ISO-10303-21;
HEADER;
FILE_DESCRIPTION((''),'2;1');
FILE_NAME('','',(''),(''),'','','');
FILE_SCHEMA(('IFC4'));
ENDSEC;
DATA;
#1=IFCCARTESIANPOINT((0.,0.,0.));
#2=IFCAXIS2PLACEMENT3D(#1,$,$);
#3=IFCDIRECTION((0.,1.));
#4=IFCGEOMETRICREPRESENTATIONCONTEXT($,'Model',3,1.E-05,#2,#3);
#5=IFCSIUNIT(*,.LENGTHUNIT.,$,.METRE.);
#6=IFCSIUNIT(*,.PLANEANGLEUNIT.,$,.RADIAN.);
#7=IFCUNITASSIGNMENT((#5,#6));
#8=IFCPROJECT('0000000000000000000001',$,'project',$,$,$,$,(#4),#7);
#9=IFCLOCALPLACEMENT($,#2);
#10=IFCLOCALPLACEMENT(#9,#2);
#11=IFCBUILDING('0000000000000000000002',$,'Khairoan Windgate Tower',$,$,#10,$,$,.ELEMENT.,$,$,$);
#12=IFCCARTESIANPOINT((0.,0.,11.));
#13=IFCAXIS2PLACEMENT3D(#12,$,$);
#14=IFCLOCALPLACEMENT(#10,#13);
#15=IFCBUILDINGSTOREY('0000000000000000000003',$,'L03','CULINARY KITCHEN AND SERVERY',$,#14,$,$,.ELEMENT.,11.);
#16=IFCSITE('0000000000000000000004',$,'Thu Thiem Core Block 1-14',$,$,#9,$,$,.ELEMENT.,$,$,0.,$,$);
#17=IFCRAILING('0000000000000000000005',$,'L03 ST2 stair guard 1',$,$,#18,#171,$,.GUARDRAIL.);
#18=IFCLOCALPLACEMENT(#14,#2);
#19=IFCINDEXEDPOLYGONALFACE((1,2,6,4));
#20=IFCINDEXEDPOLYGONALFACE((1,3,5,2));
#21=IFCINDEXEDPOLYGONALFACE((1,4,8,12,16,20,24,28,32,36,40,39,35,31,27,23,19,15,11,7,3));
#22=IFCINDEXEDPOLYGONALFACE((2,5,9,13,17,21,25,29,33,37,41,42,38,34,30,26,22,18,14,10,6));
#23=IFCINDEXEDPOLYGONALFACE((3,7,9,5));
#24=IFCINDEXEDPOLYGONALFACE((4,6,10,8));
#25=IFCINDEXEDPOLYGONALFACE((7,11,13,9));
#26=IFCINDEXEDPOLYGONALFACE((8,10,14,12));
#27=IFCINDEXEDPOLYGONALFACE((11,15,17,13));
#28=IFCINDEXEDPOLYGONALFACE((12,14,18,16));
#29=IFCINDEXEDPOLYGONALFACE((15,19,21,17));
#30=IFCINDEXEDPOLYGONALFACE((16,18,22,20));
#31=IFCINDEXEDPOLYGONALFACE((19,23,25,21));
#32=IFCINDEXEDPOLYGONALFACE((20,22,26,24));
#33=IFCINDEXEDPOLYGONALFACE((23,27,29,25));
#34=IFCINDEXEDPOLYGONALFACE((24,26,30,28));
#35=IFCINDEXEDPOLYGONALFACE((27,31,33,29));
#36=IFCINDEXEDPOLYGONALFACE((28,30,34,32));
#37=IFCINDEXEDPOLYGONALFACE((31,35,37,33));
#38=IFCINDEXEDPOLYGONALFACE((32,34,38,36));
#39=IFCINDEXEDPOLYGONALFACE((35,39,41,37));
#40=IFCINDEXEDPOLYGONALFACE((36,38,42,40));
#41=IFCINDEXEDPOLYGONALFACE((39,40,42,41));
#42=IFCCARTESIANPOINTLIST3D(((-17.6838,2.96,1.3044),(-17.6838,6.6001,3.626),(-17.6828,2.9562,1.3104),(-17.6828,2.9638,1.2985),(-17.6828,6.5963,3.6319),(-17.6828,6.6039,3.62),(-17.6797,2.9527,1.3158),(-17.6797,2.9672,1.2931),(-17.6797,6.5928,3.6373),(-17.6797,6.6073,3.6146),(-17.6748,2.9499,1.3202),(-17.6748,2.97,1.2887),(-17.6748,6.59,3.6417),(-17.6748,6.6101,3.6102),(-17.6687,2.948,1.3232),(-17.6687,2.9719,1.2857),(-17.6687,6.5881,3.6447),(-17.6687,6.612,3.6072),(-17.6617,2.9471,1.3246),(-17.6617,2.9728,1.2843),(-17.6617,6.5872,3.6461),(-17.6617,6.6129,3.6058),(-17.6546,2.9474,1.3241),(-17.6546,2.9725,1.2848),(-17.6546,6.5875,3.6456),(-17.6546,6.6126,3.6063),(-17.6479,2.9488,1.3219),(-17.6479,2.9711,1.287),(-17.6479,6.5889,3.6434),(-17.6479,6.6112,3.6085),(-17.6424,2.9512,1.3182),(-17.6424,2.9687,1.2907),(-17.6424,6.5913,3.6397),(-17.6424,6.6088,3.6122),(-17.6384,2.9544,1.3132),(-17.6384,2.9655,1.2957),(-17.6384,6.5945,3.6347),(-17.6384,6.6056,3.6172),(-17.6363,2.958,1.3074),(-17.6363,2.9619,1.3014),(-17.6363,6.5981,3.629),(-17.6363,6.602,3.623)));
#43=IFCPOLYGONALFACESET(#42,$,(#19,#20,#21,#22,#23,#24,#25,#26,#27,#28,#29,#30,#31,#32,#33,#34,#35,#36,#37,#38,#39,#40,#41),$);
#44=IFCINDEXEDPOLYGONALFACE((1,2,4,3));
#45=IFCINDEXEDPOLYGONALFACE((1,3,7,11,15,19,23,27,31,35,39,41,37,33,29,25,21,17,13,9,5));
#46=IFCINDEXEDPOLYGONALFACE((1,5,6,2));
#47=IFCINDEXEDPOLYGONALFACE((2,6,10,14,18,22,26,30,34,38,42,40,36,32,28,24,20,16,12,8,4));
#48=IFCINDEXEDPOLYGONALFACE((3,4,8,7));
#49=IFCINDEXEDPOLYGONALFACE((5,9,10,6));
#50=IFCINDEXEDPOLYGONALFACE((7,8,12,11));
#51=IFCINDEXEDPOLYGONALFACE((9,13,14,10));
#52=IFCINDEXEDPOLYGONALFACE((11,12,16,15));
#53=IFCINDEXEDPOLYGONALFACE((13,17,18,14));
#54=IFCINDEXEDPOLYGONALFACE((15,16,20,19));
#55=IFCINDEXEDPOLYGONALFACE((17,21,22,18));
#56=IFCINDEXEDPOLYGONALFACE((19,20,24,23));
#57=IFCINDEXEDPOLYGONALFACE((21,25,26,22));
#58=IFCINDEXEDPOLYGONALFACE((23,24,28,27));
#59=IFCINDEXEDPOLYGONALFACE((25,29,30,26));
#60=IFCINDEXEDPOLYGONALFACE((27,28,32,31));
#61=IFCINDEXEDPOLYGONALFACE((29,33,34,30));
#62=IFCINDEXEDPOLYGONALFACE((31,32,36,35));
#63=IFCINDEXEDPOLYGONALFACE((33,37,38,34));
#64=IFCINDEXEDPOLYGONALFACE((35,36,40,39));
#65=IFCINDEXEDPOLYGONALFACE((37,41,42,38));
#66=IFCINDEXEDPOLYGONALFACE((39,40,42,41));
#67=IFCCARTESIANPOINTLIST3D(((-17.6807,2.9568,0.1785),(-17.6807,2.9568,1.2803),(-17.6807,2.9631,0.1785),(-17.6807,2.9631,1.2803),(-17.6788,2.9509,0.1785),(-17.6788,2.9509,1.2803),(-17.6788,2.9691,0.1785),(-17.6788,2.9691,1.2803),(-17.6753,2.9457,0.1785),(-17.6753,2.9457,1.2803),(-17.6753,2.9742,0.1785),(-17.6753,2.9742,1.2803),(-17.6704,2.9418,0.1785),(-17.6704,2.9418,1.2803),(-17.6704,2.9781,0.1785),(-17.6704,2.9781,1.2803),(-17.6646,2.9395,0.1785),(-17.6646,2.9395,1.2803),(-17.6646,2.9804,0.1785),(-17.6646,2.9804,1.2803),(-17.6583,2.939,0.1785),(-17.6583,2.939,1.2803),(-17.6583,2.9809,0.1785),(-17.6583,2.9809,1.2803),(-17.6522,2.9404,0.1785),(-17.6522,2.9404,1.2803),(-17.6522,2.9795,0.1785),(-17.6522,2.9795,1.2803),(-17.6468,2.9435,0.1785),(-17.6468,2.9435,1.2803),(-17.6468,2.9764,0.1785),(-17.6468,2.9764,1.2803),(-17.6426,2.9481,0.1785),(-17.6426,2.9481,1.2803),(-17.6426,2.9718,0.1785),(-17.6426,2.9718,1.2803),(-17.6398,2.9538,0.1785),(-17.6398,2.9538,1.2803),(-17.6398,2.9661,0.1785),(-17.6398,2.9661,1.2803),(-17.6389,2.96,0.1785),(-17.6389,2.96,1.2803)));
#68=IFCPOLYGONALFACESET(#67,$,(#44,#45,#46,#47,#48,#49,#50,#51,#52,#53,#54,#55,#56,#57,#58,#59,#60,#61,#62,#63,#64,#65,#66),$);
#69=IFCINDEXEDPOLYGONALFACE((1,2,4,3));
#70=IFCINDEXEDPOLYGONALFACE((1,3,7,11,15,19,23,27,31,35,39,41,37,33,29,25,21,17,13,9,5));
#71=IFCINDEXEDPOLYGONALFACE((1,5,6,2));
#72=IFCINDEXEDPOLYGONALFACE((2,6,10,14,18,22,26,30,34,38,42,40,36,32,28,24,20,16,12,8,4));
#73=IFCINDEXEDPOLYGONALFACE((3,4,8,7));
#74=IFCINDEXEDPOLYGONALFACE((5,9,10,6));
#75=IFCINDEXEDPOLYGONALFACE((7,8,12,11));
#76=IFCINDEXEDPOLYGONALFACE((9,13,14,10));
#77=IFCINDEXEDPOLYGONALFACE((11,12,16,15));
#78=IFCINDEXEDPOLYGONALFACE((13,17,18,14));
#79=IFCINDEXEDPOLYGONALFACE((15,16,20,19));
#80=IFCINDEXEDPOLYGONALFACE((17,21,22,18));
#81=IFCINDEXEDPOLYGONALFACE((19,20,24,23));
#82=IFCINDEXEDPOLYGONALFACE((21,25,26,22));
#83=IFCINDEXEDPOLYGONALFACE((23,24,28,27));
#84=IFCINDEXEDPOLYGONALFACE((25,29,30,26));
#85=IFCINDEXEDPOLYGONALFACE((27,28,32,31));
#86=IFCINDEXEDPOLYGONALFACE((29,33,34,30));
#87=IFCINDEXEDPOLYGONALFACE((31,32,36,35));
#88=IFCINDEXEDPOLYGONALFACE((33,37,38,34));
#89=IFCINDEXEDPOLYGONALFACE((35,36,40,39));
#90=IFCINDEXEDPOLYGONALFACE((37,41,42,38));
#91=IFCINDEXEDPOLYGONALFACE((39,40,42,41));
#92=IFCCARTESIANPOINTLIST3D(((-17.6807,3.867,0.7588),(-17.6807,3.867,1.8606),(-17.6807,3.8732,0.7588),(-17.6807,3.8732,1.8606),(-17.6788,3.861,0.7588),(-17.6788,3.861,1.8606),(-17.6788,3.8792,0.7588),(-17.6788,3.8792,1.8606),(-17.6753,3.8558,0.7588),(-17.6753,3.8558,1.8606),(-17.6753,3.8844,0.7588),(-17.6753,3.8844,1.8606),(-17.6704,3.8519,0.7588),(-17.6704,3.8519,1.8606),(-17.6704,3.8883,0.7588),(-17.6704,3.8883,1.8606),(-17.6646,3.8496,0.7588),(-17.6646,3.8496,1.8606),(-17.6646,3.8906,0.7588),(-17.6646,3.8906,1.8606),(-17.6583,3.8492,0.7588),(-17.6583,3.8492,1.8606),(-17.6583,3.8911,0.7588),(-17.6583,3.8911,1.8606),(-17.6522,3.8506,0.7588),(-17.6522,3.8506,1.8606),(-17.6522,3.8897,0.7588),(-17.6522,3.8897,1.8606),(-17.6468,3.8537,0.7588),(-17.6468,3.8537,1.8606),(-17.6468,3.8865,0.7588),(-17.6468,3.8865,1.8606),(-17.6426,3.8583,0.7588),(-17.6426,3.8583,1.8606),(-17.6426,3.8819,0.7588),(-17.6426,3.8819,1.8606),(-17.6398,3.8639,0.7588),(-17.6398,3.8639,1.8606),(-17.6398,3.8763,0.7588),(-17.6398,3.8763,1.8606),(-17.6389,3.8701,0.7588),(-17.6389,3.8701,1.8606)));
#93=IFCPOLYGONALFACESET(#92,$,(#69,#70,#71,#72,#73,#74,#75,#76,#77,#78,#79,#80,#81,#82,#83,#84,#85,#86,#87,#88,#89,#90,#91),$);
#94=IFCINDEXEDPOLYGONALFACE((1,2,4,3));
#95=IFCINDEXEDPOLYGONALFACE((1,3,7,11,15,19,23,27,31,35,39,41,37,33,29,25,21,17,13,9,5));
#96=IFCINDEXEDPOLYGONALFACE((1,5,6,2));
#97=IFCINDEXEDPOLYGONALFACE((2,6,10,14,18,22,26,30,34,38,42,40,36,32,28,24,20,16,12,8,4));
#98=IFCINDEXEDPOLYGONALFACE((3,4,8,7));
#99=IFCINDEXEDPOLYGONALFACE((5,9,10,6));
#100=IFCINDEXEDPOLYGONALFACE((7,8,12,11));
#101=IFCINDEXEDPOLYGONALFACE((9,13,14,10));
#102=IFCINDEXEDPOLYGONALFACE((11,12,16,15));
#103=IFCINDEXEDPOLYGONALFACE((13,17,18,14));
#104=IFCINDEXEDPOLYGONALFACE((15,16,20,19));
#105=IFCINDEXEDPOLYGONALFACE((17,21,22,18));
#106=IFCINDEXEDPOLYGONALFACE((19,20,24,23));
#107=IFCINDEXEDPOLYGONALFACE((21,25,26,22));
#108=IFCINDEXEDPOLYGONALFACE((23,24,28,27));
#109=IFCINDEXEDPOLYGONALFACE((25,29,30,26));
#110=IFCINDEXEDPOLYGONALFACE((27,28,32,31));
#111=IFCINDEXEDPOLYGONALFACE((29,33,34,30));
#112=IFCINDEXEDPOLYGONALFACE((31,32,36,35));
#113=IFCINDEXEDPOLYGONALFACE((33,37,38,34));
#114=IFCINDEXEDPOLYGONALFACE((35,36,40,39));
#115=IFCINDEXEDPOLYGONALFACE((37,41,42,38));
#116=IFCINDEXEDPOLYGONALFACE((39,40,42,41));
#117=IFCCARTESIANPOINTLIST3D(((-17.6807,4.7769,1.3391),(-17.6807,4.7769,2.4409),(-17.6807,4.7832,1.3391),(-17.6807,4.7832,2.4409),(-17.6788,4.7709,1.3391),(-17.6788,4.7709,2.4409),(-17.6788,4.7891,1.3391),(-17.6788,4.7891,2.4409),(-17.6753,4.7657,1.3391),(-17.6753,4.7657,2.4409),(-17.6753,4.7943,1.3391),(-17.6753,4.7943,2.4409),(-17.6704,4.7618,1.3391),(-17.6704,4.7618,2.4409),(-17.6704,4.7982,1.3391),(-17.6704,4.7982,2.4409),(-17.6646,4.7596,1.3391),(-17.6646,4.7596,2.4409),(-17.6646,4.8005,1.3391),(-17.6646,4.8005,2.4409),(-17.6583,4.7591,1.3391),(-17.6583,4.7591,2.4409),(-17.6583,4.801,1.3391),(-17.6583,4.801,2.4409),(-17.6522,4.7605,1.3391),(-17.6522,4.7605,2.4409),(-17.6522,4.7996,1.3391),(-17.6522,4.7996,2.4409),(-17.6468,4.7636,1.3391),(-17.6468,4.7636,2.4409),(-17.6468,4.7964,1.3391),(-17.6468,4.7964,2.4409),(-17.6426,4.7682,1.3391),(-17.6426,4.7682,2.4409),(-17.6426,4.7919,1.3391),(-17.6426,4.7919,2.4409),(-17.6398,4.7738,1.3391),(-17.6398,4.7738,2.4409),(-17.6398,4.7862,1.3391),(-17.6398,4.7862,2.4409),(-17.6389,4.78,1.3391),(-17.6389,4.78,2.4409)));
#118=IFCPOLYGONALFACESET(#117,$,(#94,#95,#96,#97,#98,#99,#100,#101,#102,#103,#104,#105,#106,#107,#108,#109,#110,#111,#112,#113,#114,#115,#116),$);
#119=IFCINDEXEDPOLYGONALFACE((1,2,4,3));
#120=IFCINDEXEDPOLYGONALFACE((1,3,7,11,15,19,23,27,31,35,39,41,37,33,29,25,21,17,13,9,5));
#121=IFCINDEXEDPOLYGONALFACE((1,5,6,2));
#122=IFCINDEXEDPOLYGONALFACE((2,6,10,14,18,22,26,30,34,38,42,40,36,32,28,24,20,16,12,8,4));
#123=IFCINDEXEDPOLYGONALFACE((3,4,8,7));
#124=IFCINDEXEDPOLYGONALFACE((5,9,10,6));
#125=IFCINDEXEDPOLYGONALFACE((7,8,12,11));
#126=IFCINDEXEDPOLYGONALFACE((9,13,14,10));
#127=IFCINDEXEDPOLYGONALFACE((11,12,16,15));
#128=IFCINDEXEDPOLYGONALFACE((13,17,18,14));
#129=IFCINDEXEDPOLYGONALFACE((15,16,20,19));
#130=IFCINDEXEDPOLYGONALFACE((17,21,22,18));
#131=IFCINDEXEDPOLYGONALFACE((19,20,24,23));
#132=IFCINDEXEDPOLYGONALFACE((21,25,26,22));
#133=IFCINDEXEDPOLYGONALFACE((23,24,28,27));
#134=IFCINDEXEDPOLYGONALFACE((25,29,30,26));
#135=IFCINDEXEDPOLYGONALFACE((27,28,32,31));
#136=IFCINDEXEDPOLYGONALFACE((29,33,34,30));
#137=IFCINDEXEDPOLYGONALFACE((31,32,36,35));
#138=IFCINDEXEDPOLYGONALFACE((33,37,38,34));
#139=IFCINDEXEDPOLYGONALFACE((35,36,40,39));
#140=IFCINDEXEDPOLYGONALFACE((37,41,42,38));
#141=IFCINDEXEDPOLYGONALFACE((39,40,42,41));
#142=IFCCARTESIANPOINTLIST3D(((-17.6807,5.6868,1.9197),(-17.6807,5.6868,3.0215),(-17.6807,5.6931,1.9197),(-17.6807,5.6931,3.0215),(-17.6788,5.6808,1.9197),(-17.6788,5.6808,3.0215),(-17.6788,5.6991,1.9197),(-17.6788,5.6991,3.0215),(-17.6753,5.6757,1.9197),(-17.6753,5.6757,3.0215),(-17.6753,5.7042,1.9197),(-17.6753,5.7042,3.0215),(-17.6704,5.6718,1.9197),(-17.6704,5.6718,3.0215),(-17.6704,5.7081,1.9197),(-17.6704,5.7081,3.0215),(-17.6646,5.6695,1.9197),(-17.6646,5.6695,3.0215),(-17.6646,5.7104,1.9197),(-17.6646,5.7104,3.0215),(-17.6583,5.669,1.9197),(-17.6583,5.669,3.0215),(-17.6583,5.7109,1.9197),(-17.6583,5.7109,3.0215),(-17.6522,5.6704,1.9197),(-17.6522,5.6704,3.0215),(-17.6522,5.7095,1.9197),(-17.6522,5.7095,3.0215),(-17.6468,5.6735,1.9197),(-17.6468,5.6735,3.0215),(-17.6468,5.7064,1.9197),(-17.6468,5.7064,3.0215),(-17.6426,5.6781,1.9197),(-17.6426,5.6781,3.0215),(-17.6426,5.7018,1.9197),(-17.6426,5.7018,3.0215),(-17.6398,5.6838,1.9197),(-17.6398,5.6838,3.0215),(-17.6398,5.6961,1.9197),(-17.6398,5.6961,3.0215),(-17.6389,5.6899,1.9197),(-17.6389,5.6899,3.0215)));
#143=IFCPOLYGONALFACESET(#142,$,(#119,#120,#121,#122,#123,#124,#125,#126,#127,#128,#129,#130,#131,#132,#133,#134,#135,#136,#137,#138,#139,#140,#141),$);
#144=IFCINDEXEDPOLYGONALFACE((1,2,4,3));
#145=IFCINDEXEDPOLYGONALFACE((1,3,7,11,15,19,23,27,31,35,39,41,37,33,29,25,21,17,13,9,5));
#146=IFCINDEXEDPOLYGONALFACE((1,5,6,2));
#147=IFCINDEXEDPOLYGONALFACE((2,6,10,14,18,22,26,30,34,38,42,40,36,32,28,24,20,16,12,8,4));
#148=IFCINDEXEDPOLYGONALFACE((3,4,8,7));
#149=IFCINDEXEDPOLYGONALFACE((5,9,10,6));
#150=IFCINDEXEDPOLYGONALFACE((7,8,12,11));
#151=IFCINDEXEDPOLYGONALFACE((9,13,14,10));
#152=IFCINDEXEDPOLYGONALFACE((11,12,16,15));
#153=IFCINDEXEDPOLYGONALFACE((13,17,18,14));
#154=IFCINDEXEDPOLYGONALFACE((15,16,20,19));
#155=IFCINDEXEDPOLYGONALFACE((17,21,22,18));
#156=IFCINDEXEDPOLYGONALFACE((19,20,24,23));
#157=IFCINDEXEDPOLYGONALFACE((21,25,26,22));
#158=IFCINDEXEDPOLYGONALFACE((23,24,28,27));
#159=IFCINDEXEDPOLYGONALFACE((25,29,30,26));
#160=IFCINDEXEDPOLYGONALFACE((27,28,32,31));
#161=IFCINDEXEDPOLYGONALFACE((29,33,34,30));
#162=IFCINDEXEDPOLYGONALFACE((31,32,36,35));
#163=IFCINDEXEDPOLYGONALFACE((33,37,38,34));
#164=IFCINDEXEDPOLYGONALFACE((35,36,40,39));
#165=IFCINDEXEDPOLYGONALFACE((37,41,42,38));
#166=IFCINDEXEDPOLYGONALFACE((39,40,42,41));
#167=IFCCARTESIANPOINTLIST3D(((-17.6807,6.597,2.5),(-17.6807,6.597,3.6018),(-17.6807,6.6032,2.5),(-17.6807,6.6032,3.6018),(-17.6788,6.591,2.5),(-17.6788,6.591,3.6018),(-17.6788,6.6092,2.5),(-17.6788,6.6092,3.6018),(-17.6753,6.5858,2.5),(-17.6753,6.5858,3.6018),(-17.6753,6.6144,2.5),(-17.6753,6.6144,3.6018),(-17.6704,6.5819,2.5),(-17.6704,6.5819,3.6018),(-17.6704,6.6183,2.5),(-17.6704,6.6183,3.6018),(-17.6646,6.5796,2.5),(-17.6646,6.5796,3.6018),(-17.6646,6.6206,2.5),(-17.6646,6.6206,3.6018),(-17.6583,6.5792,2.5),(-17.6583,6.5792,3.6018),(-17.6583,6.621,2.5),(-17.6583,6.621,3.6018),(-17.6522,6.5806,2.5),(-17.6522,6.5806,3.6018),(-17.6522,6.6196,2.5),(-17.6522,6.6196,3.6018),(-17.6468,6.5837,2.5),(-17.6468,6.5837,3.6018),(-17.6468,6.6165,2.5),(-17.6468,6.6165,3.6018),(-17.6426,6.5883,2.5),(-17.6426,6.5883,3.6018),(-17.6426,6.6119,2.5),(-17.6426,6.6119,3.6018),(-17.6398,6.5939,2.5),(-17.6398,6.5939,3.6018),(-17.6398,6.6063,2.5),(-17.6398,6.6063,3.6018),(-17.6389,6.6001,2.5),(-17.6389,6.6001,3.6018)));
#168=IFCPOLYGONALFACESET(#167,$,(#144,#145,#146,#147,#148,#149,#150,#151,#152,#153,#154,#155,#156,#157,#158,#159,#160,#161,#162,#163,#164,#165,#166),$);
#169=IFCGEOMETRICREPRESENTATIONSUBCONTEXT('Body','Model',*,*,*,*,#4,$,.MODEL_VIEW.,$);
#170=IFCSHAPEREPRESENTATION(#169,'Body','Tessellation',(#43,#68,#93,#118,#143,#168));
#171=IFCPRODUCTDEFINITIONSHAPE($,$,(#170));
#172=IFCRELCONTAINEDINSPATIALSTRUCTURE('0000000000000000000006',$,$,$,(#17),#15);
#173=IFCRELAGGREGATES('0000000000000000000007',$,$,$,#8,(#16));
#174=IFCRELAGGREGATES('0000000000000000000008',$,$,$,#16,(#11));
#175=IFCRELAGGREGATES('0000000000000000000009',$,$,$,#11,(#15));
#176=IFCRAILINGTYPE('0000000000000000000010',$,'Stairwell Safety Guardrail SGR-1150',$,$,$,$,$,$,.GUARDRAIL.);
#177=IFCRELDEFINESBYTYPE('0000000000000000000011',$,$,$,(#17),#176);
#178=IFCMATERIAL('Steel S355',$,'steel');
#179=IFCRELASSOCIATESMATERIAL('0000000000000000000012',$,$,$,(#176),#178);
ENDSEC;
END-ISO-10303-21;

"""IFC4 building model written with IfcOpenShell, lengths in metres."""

from ifc_helpers import new_model, si_unit, direction, frame, origin, origin_2d, place, context, subcontext, project, spatial, circle, extrude, material, type_object, element, save


model = new_model("IFC4")

# Units and contexts
model_context = context("Model", 3, precision=1e-05, world=origin(), true_north=direction((0.0, 1.0)))
body_context = subcontext(model_context, "Body", "Model", "MODEL_VIEW")
ifc_project = project(units=[si_unit("LENGTHUNIT", "METRE"), si_unit("PLANEANGLEUNIT", "RADIAN")], contexts=[model_context])

# Site, building, storey
site_placement = place(None, origin())
site = spatial("IfcSite", under=ifc_project, at=site_placement, Name="Thu Thiem Core Block 1-14", CompositionType="ELEMENT", RefElevation=0.0)
building_placement = place(site_placement, origin())
building = spatial("IfcBuilding", under=site, at=building_placement, Name="Khairoan Windgate Tower", CompositionType="ELEMENT")
storey_placement = place(building_placement, frame((0.0, 0.0, 11.0)))
storey = spatial("IfcBuildingStorey", under=building, at=storey_placement, Name="L03", Description="CULINARY KITCHEN AND SERVERY", CompositionType="ELEMENT", Elevation=11.0)

# Railing
ifc_material_1 = material(Name="Steel S355", Category="steel")
railing_type_1 = type_object("IfcRailingType", Name="Stairwell Safety Guardrail SGR-1150", PredefinedType="GUARDRAIL", material=ifc_material_1)
railing_1_placement = place(storey_placement, frame((-17.6599, 2.96, 0.1785)))
element("IfcRailing", 1, at=railing_1_placement, inside=storey, type_object=railing_type_1, Name="L03 ST2 stair guard 1", PredefinedType="GUARDRAIL", context=body_context, shape_type="SweptSolid", body=[
    extrude(circle(Radius=0.0239, at=origin_2d()), frame((0.0, 0.0, 1.126), z_axis=(0.0, 0.843128, 0.537713), x_axis=(-1.0, 0.0, 0.0)), (0.0, 0.0, 1.0), 4.3174),
    extrude(circle(Radius=0.021, at=origin_2d()), origin(), (0.0, 0.0, 1.0), 1.1018),
    extrude(circle(Radius=0.021, at=origin_2d()), frame((0.0, 0.9102, 0.5803)), (0.0, 0.0, 1.0), 1.1018),
    extrude(circle(Radius=0.021, at=origin_2d()), frame((0.0, 1.8201, 1.1606)), (0.0, 0.0, 1.0), 1.1018),
    extrude(circle(Radius=0.021, at=origin_2d()), frame((0.0, 2.73, 1.7412)), (0.0, 0.0, 1.0), 1.1018),
    extrude(circle(Radius=0.021, at=origin_2d()), frame((0.0, 3.6401, 2.3215)), (0.0, 0.0, 1.0), 1.1018),
])

save(model, "model.ifc")
